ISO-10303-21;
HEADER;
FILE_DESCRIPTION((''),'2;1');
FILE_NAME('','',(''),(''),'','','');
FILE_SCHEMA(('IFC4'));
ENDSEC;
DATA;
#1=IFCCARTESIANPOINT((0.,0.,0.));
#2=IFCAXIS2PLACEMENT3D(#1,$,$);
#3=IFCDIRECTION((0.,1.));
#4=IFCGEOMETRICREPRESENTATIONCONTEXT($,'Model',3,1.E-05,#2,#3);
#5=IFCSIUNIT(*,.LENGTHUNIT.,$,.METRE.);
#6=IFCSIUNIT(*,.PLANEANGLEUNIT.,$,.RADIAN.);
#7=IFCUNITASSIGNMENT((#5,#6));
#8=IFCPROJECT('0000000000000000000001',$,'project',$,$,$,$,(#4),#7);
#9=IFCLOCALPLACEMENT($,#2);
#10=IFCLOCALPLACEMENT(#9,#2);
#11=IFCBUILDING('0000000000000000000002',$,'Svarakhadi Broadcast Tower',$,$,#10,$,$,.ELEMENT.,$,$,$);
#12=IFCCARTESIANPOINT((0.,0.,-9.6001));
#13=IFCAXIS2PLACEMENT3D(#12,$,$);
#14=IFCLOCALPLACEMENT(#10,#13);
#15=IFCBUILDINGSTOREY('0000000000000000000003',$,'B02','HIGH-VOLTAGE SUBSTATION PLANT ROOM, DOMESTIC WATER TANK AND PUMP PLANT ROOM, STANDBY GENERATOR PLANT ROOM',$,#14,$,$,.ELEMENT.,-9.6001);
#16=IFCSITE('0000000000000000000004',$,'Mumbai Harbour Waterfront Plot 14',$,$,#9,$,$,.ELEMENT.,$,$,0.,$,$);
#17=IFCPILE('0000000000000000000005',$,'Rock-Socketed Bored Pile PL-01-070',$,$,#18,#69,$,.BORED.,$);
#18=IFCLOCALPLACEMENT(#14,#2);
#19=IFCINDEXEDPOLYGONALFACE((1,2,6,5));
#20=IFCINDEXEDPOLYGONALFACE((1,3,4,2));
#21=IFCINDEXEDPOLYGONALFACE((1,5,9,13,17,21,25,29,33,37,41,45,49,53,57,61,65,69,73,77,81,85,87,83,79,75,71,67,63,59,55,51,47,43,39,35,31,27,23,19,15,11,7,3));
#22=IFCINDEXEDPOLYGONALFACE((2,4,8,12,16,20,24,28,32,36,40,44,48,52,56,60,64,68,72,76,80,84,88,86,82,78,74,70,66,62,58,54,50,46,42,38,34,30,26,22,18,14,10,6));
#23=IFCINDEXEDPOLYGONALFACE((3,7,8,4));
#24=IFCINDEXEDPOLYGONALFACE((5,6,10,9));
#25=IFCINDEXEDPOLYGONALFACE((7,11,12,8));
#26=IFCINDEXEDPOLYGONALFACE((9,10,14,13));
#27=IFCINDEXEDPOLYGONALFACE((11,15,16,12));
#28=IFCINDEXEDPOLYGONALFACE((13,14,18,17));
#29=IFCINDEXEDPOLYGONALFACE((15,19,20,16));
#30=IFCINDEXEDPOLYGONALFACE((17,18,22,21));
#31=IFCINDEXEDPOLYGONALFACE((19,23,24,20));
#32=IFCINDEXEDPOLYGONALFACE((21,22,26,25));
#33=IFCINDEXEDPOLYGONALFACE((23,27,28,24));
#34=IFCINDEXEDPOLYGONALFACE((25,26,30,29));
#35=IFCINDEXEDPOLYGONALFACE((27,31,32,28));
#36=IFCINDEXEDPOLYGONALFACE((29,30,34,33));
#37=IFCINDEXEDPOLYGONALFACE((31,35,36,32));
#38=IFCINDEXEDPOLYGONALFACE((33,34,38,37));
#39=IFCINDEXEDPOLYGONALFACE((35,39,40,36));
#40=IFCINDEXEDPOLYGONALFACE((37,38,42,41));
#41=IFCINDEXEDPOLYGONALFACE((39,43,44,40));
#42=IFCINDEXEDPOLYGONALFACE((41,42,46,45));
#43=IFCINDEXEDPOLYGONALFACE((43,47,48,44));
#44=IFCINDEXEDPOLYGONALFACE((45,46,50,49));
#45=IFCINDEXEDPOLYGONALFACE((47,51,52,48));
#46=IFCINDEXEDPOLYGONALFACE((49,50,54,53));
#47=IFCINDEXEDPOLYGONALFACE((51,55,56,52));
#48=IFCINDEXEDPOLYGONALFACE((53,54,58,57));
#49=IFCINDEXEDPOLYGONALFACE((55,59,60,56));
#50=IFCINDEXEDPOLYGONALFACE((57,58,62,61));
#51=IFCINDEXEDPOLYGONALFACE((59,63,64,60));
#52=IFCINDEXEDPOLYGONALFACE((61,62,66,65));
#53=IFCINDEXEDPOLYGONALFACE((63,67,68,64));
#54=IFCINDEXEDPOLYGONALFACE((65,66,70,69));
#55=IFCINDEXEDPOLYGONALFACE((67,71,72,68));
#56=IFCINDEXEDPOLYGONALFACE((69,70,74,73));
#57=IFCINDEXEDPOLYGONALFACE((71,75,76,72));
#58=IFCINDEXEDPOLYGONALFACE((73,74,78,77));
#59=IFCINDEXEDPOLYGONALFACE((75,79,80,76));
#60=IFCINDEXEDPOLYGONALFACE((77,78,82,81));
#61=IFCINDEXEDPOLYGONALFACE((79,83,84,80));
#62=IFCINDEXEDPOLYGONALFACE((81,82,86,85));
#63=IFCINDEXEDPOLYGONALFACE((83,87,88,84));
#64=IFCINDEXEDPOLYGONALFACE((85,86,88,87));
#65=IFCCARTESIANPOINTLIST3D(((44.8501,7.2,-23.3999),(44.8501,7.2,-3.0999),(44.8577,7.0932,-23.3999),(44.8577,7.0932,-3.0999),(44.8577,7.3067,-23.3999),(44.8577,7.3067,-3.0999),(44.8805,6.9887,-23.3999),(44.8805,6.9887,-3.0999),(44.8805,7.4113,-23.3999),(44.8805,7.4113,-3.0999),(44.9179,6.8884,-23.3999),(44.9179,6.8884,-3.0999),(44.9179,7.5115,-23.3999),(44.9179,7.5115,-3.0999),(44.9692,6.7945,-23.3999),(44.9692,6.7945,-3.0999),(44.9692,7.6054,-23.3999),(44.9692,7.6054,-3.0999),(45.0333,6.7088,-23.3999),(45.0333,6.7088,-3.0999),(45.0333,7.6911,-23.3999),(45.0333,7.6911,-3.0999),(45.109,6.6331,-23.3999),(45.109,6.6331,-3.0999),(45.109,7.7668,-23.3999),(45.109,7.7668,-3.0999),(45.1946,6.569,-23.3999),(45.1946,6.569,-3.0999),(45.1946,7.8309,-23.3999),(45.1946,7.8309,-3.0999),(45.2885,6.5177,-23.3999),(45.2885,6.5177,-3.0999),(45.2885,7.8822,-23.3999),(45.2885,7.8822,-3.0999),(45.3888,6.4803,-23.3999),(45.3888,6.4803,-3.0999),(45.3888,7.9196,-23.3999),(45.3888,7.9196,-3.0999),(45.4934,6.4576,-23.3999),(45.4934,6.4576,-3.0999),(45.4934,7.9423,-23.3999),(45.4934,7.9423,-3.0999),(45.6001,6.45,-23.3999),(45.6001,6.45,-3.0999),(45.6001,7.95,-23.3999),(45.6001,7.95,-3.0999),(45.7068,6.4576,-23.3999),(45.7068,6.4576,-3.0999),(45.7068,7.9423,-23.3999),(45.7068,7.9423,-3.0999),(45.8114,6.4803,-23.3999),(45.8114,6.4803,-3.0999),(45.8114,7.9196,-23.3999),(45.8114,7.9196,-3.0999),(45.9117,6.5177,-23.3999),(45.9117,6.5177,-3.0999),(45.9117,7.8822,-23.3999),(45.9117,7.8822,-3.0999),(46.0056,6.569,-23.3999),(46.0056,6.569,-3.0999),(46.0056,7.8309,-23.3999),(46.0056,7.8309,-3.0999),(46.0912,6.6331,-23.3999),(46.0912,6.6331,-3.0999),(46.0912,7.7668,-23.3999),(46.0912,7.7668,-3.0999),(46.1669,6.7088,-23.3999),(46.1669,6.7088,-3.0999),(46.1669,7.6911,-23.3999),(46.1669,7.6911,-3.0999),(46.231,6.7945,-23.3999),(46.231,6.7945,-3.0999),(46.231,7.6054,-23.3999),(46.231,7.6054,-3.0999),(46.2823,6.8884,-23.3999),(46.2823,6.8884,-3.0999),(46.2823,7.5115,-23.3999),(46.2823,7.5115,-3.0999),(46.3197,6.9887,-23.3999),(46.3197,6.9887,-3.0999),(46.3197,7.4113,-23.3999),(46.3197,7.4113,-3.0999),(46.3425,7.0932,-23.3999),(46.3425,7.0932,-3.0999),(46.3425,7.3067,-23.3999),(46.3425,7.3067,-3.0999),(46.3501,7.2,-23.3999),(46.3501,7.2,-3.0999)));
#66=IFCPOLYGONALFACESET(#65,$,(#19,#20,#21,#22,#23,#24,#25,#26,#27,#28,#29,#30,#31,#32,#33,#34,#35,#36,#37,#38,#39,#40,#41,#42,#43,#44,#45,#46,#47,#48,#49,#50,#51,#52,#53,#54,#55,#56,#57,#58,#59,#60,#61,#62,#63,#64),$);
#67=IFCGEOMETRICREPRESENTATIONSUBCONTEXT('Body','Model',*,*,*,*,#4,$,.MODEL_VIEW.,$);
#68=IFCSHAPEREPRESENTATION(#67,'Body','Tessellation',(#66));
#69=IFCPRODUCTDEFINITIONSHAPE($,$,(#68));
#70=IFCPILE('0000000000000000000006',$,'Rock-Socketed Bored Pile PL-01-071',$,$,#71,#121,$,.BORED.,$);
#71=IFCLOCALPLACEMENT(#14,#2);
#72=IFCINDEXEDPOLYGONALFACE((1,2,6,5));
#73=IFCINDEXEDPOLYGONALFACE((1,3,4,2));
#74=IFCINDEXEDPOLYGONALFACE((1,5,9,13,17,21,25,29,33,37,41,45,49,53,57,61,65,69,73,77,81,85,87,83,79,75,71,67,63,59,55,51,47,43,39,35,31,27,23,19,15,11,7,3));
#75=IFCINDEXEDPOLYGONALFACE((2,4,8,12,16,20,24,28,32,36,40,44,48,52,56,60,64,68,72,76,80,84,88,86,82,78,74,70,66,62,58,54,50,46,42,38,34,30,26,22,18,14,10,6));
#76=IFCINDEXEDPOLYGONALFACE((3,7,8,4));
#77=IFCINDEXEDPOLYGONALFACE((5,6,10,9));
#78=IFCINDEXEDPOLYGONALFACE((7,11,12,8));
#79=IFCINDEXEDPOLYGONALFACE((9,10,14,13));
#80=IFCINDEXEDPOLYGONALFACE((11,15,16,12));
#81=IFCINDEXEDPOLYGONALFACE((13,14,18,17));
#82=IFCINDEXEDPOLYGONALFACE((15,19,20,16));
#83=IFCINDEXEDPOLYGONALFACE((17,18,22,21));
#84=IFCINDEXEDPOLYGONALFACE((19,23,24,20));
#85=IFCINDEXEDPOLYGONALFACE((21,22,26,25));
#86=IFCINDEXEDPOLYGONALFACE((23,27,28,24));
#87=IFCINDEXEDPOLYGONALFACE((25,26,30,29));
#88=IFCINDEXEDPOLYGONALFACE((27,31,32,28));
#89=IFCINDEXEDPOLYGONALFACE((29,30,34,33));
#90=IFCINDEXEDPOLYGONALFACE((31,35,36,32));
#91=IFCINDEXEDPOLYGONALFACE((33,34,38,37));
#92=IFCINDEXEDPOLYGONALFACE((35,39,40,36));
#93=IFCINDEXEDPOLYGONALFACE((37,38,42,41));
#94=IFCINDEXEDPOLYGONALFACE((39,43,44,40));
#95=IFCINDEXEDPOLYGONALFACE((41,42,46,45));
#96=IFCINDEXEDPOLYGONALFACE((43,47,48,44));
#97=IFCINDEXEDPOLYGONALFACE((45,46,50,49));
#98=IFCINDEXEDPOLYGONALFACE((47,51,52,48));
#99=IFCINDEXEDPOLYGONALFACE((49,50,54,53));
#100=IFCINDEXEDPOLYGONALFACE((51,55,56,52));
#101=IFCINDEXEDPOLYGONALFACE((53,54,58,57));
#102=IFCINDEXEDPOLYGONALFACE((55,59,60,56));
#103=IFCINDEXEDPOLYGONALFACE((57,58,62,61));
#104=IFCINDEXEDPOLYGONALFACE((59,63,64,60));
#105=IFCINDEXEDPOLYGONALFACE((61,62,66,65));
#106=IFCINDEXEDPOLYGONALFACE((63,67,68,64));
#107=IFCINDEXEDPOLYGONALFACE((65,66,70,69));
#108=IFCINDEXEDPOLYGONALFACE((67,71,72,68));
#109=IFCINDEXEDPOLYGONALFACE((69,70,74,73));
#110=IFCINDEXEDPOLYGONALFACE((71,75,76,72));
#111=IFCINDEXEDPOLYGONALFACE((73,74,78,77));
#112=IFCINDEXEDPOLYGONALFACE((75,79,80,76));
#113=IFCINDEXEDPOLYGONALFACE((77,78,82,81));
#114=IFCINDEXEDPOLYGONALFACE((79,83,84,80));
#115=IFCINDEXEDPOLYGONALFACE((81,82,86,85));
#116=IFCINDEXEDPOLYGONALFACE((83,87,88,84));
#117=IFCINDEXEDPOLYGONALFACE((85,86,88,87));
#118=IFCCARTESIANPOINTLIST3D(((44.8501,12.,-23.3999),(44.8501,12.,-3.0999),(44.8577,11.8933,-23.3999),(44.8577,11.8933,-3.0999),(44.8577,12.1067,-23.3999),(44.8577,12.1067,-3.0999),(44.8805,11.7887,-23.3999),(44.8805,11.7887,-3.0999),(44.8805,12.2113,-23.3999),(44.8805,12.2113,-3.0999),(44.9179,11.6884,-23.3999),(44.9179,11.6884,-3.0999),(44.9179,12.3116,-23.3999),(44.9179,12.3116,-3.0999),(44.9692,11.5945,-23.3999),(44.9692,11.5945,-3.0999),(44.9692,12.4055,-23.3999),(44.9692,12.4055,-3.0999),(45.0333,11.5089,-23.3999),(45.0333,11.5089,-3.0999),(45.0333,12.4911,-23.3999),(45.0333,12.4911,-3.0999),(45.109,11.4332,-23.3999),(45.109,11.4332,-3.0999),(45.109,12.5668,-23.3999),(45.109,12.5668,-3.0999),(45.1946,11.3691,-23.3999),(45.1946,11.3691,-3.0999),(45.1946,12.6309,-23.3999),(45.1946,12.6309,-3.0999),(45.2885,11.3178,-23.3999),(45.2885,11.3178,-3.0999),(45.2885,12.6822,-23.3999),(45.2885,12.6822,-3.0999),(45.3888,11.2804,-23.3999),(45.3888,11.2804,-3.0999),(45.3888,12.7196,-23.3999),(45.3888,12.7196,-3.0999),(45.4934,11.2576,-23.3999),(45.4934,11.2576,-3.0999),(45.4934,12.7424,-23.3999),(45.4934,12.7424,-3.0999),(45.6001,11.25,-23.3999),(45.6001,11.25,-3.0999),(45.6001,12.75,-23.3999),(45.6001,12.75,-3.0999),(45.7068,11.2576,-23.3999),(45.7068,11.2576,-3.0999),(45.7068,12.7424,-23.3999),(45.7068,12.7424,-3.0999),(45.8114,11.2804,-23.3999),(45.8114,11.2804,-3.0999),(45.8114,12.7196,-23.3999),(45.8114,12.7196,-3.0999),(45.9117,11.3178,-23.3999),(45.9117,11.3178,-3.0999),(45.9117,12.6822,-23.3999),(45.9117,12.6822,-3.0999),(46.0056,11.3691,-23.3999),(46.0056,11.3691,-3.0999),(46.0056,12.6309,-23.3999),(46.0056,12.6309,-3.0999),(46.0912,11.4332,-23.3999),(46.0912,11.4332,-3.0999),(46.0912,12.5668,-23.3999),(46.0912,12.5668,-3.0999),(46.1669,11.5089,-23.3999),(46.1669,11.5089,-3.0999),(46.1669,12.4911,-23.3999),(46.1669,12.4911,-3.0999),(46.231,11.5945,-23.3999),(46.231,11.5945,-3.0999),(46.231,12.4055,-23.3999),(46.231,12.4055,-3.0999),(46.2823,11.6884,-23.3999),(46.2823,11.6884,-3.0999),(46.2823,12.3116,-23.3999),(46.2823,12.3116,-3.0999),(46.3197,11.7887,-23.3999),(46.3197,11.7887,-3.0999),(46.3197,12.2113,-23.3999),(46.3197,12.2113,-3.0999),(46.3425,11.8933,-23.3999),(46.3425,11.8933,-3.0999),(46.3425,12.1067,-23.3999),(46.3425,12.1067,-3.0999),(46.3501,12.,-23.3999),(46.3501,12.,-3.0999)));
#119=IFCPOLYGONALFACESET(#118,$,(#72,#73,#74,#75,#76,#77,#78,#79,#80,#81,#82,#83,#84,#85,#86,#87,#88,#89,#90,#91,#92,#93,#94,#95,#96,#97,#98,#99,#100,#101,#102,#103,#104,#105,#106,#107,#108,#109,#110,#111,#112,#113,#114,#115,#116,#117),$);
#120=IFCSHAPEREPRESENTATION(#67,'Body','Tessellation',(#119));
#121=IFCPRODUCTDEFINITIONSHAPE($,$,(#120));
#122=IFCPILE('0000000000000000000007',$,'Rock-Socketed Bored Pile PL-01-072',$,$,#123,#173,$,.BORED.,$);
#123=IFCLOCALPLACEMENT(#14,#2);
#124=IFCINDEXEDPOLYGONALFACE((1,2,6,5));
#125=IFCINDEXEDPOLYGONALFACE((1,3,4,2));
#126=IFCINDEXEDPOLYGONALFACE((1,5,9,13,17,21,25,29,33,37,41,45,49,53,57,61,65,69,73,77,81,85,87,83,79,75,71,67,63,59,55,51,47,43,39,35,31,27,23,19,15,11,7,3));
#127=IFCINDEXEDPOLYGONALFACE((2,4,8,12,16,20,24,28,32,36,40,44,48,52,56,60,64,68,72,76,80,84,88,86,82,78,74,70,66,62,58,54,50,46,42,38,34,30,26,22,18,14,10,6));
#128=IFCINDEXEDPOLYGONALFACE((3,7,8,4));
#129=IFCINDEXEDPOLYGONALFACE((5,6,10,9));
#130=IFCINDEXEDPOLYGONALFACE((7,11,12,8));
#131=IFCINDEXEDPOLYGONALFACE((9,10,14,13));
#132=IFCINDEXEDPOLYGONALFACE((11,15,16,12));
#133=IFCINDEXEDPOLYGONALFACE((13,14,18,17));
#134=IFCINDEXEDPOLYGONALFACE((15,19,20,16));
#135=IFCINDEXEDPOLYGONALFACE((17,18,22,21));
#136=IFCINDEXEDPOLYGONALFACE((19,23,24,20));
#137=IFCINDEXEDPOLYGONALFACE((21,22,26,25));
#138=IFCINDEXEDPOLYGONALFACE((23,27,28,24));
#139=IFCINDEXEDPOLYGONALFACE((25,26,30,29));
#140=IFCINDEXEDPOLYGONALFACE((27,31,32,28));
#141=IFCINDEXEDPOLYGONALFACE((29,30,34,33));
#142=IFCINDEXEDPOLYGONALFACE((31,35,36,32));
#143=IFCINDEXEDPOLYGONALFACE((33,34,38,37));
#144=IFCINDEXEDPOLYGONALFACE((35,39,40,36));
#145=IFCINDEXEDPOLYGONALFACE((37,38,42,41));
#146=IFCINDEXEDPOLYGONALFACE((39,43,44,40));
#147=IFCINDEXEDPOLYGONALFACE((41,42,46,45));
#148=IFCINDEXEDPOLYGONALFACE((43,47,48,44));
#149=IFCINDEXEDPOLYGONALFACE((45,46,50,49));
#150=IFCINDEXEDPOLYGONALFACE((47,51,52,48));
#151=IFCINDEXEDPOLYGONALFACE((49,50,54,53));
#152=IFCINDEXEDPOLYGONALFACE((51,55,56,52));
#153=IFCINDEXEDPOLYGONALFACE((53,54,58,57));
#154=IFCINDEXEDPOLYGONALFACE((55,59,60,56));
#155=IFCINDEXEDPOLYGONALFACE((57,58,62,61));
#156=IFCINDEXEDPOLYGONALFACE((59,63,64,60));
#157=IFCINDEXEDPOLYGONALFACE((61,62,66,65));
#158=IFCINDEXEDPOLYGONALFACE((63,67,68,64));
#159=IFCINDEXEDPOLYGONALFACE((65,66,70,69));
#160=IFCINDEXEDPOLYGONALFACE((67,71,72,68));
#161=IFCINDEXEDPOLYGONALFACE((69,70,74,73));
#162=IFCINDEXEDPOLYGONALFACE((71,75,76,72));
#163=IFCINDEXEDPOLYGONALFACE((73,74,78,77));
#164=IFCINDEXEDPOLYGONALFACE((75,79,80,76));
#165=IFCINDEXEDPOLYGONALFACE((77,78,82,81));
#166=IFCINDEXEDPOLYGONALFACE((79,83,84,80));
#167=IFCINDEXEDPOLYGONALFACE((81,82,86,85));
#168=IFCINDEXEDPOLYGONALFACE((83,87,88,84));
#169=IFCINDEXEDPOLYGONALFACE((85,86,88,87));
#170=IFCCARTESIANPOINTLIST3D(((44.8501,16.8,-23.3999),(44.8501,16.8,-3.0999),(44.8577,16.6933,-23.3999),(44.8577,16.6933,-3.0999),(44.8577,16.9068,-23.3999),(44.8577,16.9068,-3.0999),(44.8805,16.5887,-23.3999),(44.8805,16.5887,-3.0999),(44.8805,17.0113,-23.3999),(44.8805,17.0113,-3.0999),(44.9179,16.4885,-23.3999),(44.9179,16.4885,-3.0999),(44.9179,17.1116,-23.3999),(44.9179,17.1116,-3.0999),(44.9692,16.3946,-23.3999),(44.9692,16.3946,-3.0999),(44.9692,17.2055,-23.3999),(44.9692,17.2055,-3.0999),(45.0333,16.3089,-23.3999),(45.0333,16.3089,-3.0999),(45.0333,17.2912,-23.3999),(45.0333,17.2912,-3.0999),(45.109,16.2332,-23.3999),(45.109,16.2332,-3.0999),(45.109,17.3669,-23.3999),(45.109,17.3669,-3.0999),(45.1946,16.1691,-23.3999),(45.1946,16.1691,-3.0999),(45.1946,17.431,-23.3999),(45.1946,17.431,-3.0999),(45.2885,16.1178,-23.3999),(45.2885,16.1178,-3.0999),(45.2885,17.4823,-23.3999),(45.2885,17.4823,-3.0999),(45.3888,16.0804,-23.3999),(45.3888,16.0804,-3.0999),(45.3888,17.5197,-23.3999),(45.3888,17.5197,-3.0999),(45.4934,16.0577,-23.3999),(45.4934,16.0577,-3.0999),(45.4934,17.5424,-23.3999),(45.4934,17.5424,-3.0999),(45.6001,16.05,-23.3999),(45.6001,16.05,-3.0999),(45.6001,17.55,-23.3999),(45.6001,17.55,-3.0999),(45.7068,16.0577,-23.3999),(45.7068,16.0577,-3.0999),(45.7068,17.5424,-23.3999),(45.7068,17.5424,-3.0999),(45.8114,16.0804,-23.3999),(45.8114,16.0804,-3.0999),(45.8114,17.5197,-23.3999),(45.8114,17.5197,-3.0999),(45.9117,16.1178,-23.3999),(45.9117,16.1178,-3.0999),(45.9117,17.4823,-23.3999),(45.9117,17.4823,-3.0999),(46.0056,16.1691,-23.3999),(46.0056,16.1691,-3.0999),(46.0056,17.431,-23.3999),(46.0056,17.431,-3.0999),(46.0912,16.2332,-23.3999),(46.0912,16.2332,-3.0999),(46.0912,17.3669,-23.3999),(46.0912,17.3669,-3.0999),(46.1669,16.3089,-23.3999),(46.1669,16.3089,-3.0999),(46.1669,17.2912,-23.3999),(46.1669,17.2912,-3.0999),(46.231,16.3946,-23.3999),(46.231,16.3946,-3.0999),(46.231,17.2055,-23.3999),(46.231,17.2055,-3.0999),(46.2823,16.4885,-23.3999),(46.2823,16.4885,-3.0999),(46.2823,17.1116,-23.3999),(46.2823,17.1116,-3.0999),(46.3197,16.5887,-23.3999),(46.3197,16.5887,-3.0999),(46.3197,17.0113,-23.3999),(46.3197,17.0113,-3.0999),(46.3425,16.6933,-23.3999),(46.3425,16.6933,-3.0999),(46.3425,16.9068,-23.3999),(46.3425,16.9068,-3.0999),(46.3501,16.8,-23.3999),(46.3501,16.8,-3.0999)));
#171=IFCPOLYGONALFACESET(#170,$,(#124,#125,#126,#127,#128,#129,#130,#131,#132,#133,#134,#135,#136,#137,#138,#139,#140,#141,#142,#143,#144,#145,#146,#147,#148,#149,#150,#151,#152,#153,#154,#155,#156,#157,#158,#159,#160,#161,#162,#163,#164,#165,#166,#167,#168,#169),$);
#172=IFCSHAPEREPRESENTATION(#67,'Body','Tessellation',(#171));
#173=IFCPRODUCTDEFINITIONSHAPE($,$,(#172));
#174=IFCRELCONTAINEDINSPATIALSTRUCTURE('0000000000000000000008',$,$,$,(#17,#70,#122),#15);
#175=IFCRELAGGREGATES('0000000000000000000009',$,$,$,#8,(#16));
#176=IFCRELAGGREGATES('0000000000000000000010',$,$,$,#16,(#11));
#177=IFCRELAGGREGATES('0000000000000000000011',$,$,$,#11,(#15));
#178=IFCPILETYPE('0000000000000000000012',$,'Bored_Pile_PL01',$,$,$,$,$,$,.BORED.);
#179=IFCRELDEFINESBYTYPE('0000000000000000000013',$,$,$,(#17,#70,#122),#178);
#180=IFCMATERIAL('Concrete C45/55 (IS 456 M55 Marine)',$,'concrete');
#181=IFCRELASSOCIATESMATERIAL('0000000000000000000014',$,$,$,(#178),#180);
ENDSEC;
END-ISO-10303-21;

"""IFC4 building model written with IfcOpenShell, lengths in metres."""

from ifc_helpers import new_model, si_unit, direction, frame, origin, origin_2d, place, context, subcontext, project, spatial, circle, extrude, material, material_profile, profile_set, type_object, element, save


model = new_model("IFC4")

# Units and contexts
model_context = context("Model", 3, precision=1e-05, world=origin(), true_north=direction((0.0, 1.0)))
body_context = subcontext(model_context, "Body", "Model", "MODEL_VIEW")
ifc_project = project(units=[si_unit("LENGTHUNIT", "METRE"), si_unit("PLANEANGLEUNIT", "RADIAN")], contexts=[model_context])

# Site, building, storey
site_placement = place(None, origin())
site = spatial("IfcSite", under=ifc_project, at=site_placement, Name="Mumbai Harbour Waterfront Plot 14", CompositionType="ELEMENT", RefElevation=0.0)
building_placement = place(site_placement, origin())
building = spatial("IfcBuilding", under=site, at=building_placement, Name="Svarakhadi Broadcast Tower", CompositionType="ELEMENT")
storey_placement = place(building_placement, frame((0.0, 0.0, -9.6001)))
storey = spatial("IfcBuildingStorey", under=building, at=storey_placement, Name="B02", Description="HIGH-VOLTAGE SUBSTATION PLANT ROOM, DOMESTIC WATER TANK AND PUMP PLANT ROOM, STANDBY GENERATOR PLANT ROOM", CompositionType="ELEMENT", Elevation=-9.6001)

# Piles
ifc_material_1 = material(Name="Concrete C45/55 (IS 456 M55 Marine)", Category="concrete")
ifc_material_profile_1 = material_profile(ifc_material_1, circle(Radius=0.75, at=origin_2d()), Name="PILE D1500")
ifc_profile_set_1 = profile_set([ifc_material_profile_1], Name="Concrete C45/55 (IS 456 M55 Marine)")
pile_type_1 = type_object("IfcPileType", Name="Bored_Pile_PL01", PredefinedType="BORED", material=ifc_profile_set_1)
for number, where, z_axis, x_axis, name in (
    (1, (45.6001, 7.2, -3.0999), (0.0, 0.0, -1.0), (1.0, 0.0, 0.0), "Rock-Socketed Bored Pile PL-01-070"),
    (2, (45.6001, 12.0, -3.0999), (0.0, 0.0, -1.0), (1.0, 0.0, 0.0), "Rock-Socketed Bored Pile PL-01-071"),
    (3, (45.6001, 16.8, -3.0999), (0.0, 0.0, -1.0), (1.0, 0.0, 0.0), "Rock-Socketed Bored Pile PL-01-072"),
):
    element("IfcPile", number, at=place(storey_placement, frame(where, z_axis=z_axis, x_axis=x_axis)), inside=storey, type_object=pile_type_1, Name=name, PredefinedType="BORED", context=body_context, shape_type="SweptSolid", body=[
        extrude(circle(Radius=0.75, at=origin_2d()), origin(), (0.0, 0.0, 1.0), 20.3),
    ])

save(model, "model.ifc")
